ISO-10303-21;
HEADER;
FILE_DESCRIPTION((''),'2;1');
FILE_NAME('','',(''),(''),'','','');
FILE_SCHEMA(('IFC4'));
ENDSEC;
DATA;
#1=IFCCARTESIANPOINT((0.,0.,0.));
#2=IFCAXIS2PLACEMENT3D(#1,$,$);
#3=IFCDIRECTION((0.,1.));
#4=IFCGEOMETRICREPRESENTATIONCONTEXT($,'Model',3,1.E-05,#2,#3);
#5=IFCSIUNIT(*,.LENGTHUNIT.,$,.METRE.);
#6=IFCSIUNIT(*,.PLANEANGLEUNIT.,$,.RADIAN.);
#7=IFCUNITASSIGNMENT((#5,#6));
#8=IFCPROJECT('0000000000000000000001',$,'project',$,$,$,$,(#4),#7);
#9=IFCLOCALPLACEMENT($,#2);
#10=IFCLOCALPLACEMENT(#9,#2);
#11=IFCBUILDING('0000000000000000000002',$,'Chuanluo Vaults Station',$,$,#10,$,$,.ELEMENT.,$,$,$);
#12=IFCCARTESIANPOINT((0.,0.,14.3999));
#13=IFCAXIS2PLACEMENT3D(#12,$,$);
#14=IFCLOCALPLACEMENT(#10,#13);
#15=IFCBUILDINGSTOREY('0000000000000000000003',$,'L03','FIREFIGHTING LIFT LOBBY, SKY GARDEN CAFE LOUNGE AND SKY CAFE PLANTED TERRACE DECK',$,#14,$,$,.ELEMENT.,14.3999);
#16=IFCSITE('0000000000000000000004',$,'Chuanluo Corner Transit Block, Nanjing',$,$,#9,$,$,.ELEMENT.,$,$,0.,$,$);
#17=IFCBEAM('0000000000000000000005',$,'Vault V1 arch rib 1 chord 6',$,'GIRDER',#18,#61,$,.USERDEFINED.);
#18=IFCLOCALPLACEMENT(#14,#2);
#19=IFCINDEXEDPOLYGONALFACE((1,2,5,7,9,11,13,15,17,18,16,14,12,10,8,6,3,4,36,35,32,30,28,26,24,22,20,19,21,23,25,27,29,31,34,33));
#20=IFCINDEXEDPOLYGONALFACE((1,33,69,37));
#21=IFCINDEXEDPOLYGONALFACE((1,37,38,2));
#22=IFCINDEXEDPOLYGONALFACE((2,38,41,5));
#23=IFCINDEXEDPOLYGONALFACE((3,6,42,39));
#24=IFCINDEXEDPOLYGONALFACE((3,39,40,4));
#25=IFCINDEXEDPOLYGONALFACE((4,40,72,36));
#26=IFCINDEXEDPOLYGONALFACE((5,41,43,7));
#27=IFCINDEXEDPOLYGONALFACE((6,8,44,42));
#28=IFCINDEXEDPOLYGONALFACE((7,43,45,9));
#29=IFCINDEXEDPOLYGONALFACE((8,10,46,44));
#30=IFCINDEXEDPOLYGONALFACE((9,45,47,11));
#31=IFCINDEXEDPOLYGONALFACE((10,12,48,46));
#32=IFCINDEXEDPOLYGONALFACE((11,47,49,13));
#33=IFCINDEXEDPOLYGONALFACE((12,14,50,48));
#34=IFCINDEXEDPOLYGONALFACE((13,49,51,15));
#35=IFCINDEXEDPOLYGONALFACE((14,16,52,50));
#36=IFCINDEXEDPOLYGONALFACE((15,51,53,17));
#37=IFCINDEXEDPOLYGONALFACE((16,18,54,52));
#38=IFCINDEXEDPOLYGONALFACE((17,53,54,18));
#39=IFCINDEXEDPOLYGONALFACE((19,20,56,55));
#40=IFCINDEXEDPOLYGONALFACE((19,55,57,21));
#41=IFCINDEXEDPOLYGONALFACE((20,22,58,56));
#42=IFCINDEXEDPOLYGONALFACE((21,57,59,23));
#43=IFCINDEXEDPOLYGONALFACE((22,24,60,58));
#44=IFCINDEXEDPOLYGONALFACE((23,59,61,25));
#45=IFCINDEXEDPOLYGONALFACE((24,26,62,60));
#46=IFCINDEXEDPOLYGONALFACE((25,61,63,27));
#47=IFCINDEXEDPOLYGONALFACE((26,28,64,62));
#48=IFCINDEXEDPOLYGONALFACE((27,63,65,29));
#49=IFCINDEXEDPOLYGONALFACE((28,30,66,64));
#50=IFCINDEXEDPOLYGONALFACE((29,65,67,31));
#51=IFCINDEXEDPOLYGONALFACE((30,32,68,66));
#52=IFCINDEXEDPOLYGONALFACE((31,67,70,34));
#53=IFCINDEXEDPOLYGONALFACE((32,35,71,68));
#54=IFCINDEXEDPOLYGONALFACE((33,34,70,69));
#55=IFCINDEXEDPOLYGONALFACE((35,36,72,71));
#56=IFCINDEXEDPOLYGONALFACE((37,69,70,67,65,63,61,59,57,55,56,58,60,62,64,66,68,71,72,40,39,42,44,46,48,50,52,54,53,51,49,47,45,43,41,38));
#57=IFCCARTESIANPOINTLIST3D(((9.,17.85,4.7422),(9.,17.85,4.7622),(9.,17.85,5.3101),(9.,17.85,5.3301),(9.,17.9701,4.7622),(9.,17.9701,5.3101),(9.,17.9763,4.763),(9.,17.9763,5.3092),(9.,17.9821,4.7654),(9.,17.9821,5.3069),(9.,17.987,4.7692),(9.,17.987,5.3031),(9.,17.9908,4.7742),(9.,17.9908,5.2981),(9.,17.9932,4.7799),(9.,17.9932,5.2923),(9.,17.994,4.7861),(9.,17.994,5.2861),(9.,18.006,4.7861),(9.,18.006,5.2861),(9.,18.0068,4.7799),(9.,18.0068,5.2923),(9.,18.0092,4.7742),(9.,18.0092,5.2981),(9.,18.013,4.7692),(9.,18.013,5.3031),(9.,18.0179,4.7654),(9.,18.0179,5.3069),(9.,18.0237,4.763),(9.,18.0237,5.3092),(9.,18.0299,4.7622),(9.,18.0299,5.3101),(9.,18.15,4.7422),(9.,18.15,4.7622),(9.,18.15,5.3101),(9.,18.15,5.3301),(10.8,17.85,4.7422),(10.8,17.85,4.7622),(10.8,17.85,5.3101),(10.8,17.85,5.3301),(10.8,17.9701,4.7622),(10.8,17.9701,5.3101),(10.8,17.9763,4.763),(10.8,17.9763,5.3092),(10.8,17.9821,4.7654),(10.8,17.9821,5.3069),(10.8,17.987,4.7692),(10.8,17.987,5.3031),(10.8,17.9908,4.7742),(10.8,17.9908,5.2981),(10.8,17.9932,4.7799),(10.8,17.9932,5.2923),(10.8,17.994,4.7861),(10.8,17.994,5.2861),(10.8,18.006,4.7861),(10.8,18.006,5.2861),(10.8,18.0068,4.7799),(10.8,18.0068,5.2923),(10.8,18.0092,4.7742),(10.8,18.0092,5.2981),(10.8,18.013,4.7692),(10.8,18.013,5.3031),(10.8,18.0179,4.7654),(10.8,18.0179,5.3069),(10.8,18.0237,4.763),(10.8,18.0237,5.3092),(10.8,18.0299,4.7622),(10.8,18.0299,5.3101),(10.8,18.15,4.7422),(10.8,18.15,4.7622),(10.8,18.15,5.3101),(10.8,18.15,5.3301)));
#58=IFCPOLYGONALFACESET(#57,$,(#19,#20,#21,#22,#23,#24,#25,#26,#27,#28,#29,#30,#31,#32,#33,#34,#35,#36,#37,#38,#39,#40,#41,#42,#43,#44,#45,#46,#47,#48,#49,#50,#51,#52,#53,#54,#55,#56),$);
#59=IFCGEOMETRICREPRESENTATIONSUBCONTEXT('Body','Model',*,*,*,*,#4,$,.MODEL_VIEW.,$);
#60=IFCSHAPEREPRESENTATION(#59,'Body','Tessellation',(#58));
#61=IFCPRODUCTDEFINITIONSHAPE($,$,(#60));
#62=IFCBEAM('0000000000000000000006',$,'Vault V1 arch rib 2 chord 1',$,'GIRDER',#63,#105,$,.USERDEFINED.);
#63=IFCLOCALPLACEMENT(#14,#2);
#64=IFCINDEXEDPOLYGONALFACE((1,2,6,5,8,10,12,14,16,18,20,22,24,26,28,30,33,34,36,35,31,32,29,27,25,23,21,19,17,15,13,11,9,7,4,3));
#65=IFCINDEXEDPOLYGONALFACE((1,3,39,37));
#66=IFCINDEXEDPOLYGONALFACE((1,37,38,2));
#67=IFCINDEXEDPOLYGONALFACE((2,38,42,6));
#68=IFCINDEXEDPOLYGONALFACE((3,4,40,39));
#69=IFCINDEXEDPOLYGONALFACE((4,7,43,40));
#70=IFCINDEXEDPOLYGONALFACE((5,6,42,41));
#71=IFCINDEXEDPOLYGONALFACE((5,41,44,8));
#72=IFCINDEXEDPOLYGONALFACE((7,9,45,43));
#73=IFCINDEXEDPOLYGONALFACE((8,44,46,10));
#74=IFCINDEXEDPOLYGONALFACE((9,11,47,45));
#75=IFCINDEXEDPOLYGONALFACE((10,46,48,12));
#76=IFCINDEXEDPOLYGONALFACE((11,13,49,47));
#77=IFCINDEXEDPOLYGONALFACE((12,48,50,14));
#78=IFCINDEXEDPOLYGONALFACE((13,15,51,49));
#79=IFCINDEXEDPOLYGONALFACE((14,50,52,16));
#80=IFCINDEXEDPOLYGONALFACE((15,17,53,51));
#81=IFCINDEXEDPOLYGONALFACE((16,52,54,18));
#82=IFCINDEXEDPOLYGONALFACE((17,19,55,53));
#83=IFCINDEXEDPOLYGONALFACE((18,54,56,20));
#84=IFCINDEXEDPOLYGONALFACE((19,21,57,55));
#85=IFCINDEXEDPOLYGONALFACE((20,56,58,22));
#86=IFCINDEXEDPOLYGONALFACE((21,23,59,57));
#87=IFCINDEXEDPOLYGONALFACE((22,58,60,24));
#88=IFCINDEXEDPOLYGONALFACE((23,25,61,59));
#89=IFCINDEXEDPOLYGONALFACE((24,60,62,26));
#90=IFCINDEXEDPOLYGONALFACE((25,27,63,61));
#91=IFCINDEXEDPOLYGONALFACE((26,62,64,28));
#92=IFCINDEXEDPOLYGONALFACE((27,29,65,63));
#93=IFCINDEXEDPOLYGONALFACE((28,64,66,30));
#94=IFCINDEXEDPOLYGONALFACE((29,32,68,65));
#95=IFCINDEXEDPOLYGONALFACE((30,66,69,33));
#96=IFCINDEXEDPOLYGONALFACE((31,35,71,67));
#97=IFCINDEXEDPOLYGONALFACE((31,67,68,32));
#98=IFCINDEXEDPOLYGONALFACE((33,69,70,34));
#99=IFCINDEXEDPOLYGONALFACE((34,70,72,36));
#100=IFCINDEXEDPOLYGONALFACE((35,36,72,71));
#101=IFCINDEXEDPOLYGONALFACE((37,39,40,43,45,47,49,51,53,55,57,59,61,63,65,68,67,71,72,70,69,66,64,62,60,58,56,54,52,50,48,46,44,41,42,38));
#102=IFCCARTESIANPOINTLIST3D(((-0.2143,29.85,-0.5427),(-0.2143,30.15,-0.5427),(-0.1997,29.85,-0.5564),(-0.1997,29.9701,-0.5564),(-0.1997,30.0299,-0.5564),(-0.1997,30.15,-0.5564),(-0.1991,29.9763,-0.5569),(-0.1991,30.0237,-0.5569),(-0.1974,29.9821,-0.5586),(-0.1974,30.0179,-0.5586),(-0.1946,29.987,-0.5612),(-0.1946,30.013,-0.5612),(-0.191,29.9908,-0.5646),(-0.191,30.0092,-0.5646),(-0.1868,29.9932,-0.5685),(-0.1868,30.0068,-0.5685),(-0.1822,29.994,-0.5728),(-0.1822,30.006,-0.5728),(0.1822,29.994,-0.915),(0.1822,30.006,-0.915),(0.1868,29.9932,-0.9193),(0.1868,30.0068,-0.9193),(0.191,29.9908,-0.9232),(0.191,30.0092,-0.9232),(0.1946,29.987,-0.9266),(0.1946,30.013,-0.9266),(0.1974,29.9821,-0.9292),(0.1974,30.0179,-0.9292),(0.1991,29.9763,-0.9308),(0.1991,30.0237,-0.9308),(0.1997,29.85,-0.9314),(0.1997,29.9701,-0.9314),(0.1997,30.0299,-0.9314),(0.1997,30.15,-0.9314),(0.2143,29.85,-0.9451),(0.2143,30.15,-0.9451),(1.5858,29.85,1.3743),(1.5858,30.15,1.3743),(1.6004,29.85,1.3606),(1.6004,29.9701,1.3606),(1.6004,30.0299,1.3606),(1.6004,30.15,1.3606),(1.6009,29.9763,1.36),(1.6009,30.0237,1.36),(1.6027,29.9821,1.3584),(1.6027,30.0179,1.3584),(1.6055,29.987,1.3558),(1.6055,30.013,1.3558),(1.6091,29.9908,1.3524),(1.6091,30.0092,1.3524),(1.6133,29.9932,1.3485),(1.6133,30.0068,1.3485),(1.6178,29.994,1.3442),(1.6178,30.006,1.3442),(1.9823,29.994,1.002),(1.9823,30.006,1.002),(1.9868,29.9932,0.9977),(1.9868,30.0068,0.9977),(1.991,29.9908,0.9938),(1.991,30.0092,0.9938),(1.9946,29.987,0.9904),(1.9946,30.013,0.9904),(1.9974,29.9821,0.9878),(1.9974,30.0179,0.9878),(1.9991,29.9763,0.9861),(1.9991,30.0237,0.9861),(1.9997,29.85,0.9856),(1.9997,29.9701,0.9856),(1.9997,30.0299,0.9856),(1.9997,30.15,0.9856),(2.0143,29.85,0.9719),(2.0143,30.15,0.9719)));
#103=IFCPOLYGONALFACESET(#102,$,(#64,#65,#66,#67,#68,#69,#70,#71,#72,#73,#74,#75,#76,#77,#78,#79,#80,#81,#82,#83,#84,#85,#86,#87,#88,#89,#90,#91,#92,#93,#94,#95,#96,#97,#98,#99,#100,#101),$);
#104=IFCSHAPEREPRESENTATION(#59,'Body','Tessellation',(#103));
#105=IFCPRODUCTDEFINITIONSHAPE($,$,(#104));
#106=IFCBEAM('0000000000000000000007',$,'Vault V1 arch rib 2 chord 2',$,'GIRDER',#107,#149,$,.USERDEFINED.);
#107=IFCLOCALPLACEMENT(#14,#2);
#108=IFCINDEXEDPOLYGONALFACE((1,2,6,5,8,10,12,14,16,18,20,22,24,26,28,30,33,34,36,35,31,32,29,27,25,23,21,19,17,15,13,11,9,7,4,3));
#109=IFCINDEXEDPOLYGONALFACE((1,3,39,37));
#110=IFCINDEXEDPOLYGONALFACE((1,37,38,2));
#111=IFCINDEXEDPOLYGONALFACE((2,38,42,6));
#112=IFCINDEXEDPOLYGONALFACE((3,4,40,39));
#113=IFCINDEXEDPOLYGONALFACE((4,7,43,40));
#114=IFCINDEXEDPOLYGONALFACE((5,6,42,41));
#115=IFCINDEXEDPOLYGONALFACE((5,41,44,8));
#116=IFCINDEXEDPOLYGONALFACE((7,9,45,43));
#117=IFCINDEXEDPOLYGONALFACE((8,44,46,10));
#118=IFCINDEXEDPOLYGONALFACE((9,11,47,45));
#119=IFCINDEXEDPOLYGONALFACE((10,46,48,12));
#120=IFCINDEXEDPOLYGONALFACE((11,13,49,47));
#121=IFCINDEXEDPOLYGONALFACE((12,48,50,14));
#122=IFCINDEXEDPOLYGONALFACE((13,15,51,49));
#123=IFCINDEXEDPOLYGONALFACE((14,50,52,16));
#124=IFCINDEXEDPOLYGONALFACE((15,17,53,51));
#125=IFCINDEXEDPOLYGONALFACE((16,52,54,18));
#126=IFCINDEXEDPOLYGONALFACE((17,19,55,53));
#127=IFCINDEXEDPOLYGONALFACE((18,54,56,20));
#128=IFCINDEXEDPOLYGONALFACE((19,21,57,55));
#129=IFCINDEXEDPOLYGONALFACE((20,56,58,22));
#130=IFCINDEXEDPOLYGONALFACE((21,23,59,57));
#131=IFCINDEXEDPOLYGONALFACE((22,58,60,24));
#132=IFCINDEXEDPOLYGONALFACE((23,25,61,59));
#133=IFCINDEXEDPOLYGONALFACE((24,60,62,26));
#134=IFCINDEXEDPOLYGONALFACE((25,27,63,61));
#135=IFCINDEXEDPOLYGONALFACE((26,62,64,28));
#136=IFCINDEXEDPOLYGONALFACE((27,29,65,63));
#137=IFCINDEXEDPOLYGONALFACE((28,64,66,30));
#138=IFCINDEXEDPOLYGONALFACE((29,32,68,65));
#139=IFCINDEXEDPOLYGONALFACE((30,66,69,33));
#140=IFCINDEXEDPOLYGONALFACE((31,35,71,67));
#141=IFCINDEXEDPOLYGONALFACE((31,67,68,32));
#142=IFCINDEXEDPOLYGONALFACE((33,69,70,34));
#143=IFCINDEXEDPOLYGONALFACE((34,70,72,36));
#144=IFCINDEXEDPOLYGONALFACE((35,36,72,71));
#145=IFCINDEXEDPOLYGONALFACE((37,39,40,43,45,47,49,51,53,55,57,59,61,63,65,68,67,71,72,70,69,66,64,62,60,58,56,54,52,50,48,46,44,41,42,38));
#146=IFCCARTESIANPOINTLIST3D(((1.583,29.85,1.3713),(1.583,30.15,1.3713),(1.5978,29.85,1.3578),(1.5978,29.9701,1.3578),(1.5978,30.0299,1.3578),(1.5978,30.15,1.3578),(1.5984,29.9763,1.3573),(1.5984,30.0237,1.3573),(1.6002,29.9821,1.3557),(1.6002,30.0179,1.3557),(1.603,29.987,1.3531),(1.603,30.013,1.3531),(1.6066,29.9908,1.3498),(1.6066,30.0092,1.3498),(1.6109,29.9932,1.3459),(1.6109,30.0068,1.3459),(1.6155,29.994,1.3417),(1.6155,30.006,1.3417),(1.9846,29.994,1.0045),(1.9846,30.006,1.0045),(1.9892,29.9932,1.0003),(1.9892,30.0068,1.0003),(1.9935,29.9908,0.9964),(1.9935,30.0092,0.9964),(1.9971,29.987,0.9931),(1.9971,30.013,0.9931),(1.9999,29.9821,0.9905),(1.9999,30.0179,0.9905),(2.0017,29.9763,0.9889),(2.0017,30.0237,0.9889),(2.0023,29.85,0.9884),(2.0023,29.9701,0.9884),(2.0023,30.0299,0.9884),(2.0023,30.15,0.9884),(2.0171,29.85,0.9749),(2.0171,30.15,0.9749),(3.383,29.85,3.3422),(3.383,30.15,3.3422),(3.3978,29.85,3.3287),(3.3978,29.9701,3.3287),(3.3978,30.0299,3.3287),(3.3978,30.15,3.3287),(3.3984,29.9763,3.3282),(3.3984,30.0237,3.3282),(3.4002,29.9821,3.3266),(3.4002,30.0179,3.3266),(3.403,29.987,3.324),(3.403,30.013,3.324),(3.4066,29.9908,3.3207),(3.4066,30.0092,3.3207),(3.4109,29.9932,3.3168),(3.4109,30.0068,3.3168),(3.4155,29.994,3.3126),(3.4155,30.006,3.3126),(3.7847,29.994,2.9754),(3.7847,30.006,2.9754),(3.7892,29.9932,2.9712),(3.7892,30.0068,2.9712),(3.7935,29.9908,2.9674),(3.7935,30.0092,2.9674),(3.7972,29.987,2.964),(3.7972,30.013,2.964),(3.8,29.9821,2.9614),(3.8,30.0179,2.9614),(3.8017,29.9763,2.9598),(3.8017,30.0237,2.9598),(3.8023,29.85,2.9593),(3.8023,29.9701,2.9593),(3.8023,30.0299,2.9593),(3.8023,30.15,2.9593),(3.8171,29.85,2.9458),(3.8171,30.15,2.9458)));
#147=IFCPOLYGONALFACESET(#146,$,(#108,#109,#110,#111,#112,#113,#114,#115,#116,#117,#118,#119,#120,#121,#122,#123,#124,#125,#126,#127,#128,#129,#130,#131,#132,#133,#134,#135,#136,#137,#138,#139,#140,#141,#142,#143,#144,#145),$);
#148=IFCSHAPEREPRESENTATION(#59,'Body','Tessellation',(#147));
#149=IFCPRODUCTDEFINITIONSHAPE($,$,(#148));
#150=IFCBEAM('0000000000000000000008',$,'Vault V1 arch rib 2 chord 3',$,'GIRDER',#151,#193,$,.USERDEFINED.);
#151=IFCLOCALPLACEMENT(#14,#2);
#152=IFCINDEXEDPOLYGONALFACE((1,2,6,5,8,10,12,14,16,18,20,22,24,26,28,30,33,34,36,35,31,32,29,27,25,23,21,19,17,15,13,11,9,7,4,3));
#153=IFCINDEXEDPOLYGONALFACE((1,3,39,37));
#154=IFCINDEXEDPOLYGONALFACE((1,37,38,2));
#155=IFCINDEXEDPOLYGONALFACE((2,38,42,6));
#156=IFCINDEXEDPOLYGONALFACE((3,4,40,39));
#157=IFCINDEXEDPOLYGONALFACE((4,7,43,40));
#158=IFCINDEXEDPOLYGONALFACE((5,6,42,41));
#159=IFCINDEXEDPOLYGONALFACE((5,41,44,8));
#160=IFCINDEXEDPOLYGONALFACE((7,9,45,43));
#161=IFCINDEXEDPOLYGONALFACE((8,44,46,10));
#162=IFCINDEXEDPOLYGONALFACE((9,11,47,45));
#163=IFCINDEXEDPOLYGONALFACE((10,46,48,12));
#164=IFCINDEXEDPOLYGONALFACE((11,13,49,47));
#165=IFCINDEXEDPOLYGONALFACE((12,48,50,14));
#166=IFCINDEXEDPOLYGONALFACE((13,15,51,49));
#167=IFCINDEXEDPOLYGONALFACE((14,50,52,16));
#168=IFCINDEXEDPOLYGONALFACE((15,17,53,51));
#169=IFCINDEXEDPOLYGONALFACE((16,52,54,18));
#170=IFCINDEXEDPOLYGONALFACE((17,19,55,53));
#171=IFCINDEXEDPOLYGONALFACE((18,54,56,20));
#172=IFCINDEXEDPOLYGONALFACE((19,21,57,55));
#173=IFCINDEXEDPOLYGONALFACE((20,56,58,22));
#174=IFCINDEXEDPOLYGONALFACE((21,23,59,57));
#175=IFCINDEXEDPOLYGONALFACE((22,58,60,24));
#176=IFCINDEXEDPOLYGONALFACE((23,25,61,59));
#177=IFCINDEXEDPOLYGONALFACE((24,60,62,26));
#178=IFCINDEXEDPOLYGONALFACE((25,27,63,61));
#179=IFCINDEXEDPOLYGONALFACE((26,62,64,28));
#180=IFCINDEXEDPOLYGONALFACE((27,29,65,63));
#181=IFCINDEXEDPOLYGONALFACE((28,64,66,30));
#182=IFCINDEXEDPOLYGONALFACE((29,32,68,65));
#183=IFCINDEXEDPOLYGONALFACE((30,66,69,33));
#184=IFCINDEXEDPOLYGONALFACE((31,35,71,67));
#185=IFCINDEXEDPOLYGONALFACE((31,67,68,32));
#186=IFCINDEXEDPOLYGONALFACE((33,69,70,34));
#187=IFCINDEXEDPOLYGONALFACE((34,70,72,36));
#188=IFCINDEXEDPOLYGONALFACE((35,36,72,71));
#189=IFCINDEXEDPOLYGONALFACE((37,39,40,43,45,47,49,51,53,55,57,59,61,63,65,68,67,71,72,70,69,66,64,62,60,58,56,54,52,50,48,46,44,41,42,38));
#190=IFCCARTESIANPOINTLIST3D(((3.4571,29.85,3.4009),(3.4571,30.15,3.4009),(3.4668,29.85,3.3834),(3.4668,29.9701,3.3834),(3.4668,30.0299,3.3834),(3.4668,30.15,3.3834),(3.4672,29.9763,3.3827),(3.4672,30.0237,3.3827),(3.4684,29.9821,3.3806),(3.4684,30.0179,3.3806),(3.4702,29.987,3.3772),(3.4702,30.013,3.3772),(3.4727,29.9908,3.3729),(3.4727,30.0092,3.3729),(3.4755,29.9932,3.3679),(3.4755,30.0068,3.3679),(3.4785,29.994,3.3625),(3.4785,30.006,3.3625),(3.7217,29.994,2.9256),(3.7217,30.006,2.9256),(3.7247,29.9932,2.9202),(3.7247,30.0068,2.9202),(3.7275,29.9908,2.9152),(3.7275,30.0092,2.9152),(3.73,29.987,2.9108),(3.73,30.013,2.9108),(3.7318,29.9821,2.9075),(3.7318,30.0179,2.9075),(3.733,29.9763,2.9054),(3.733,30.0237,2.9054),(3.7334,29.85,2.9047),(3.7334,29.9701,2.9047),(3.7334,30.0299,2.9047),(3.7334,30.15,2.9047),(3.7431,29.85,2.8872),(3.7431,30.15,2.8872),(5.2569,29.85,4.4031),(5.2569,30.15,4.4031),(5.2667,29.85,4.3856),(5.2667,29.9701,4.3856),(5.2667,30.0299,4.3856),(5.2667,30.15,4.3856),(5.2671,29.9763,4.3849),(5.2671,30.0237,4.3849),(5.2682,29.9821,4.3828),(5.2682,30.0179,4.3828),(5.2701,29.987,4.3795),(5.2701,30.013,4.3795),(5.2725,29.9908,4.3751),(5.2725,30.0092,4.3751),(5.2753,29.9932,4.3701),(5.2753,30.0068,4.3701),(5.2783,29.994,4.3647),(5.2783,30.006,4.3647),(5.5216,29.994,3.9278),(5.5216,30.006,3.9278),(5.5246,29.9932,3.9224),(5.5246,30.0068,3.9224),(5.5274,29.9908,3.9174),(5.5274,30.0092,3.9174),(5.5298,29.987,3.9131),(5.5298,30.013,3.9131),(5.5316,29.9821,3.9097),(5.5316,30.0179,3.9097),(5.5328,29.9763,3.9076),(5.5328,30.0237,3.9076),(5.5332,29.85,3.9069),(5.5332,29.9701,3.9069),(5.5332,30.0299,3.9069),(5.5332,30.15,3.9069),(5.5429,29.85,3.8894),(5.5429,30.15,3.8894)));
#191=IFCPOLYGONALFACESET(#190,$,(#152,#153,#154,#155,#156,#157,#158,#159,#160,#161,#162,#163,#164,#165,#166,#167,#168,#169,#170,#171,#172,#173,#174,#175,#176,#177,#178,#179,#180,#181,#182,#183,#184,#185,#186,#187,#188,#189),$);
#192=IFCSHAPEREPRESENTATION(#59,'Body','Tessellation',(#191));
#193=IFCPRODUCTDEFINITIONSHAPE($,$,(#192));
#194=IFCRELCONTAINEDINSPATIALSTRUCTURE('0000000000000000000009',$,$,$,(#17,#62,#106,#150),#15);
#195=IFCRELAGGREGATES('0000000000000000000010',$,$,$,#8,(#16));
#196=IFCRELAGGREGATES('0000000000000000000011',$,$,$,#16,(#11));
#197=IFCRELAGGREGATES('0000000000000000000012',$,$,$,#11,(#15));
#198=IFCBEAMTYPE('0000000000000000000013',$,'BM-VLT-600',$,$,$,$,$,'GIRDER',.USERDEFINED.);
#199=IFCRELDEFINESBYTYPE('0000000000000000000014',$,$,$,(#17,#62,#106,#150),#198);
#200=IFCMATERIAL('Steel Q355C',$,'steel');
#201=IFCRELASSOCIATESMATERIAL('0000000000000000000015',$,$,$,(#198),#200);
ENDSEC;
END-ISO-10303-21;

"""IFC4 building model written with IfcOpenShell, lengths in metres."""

from ifc_helpers import new_model, si_unit, direction, frame, origin, origin_2d, place, context, subcontext, project, spatial, i_section, extrude, material, material_profile, profile_set, type_object, element, save


model = new_model("IFC4")

# Units and contexts
model_context = context("Model", 3, precision=1e-05, world=origin(), true_north=direction((0.0, 1.0)))
body_context = subcontext(model_context, "Body", "Model", "MODEL_VIEW")
ifc_project = project(units=[si_unit("LENGTHUNIT", "METRE"), si_unit("PLANEANGLEUNIT", "RADIAN")], contexts=[model_context])

# Site, building, storey
site_placement = place(None, origin())
site = spatial("IfcSite", under=ifc_project, at=site_placement, Name="Chuanluo Corner Transit Block, Nanjing", CompositionType="ELEMENT", RefElevation=0.0)
building_placement = place(site_placement, origin())
building = spatial("IfcBuilding", under=site, at=building_placement, Name="Chuanluo Vaults Station", CompositionType="ELEMENT")
storey_placement = place(building_placement, frame((0.0, 0.0, 14.3999)))
storey = spatial("IfcBuildingStorey", under=building, at=storey_placement, Name="L03", Description="FIREFIGHTING LIFT LOBBY, SKY GARDEN CAFE LOUNGE AND SKY CAFE PLANTED TERRACE DECK", CompositionType="ELEMENT", Elevation=14.3999)

# Beams
ifc_material_1 = material(Name="Steel Q355C", Category="steel")
ifc_material_profile_1 = material_profile(ifc_material_1, i_section(OverallWidth=0.3, OverallDepth=0.5879, WebThickness=0.012, FlangeThickness=0.02, FilletRadius=0.0239, at=origin_2d()))
ifc_profile_set_1 = profile_set([ifc_material_profile_1], Name="Steel Q355C")
beam_type_1 = type_object("IfcBeamType", Name="BM-VLT-600", ElementType="GIRDER", PredefinedType="USERDEFINED", material=ifc_profile_set_1)
for number, where, z_axis, x_axis, name in (
    (1, (9.0, 18.0, 5.0361), (1.0, 0.0, 0.0), (0.0, 1.0, 0.0), "Vault V1 arch rib 1 chord 6"),
):
    element("IfcBeam", number, at=place(storey_placement, frame(where, z_axis=z_axis, x_axis=x_axis)), inside=storey, type_object=beam_type_1, Name=name, ObjectType="GIRDER", PredefinedType="USERDEFINED", context=body_context, shape_type="SweptSolid", body=[
        extrude(i_section(OverallWidth=0.3, OverallDepth=0.5879, WebThickness=0.012, FlangeThickness=0.02, FilletRadius=0.0239, at=origin_2d()), origin(), (0.0, 0.0, 1.0), 1.8),
    ])
beam_1_placement = place(storey_placement, frame((0.0, 30.0, -0.7439), z_axis=(0.684522, 0.0, 0.728993), x_axis=(0.0, 1.0, 0.0)))
element("IfcBeam", 2, at=beam_1_placement, inside=storey, type_object=beam_type_1, Name="Vault V1 arch rib 2 chord 1", ObjectType="GIRDER", PredefinedType="USERDEFINED", context=body_context, shape_type="SweptSolid", body=[
    extrude(i_section(OverallWidth=0.3, OverallDepth=0.5879, WebThickness=0.012, FlangeThickness=0.02, FilletRadius=0.0239, at=origin_2d()), origin(), (0.0, 0.0, 1.0), 2.6296),
])
beam_2_placement = place(storey_placement, frame((1.8, 30.0, 1.1731), z_axis=(0.674369, 0.0, 0.738394), x_axis=(0.0, 1.0, 0.0)))
element("IfcBeam", 3, at=beam_2_placement, inside=storey, type_object=beam_type_1, Name="Vault V1 arch rib 2 chord 2", ObjectType="GIRDER", PredefinedType="USERDEFINED", context=body_context, shape_type="SweptSolid", body=[
    extrude(i_section(OverallWidth=0.3, OverallDepth=0.5879, WebThickness=0.012, FlangeThickness=0.02, FilletRadius=0.0239, at=origin_2d()), origin(), (0.0, 0.0, 1.0), 2.6692),
])
beam_3_placement = place(storey_placement, frame((3.6001, 30.0, 3.144), z_axis=(0.873682, 0.0, 0.486498), x_axis=(0.0, 1.0, 0.0)))
element("IfcBeam", 4, at=beam_3_placement, inside=storey, type_object=beam_type_1, Name="Vault V1 arch rib 2 chord 3", ObjectType="GIRDER", PredefinedType="USERDEFINED", context=body_context, shape_type="SweptSolid", body=[
    extrude(i_section(OverallWidth=0.3, OverallDepth=0.5879, WebThickness=0.012, FlangeThickness=0.02, FilletRadius=0.0239, at=origin_2d()), origin(), (0.0, 0.0, 1.0), 2.0601),
])

save(model, "model.ifc")
